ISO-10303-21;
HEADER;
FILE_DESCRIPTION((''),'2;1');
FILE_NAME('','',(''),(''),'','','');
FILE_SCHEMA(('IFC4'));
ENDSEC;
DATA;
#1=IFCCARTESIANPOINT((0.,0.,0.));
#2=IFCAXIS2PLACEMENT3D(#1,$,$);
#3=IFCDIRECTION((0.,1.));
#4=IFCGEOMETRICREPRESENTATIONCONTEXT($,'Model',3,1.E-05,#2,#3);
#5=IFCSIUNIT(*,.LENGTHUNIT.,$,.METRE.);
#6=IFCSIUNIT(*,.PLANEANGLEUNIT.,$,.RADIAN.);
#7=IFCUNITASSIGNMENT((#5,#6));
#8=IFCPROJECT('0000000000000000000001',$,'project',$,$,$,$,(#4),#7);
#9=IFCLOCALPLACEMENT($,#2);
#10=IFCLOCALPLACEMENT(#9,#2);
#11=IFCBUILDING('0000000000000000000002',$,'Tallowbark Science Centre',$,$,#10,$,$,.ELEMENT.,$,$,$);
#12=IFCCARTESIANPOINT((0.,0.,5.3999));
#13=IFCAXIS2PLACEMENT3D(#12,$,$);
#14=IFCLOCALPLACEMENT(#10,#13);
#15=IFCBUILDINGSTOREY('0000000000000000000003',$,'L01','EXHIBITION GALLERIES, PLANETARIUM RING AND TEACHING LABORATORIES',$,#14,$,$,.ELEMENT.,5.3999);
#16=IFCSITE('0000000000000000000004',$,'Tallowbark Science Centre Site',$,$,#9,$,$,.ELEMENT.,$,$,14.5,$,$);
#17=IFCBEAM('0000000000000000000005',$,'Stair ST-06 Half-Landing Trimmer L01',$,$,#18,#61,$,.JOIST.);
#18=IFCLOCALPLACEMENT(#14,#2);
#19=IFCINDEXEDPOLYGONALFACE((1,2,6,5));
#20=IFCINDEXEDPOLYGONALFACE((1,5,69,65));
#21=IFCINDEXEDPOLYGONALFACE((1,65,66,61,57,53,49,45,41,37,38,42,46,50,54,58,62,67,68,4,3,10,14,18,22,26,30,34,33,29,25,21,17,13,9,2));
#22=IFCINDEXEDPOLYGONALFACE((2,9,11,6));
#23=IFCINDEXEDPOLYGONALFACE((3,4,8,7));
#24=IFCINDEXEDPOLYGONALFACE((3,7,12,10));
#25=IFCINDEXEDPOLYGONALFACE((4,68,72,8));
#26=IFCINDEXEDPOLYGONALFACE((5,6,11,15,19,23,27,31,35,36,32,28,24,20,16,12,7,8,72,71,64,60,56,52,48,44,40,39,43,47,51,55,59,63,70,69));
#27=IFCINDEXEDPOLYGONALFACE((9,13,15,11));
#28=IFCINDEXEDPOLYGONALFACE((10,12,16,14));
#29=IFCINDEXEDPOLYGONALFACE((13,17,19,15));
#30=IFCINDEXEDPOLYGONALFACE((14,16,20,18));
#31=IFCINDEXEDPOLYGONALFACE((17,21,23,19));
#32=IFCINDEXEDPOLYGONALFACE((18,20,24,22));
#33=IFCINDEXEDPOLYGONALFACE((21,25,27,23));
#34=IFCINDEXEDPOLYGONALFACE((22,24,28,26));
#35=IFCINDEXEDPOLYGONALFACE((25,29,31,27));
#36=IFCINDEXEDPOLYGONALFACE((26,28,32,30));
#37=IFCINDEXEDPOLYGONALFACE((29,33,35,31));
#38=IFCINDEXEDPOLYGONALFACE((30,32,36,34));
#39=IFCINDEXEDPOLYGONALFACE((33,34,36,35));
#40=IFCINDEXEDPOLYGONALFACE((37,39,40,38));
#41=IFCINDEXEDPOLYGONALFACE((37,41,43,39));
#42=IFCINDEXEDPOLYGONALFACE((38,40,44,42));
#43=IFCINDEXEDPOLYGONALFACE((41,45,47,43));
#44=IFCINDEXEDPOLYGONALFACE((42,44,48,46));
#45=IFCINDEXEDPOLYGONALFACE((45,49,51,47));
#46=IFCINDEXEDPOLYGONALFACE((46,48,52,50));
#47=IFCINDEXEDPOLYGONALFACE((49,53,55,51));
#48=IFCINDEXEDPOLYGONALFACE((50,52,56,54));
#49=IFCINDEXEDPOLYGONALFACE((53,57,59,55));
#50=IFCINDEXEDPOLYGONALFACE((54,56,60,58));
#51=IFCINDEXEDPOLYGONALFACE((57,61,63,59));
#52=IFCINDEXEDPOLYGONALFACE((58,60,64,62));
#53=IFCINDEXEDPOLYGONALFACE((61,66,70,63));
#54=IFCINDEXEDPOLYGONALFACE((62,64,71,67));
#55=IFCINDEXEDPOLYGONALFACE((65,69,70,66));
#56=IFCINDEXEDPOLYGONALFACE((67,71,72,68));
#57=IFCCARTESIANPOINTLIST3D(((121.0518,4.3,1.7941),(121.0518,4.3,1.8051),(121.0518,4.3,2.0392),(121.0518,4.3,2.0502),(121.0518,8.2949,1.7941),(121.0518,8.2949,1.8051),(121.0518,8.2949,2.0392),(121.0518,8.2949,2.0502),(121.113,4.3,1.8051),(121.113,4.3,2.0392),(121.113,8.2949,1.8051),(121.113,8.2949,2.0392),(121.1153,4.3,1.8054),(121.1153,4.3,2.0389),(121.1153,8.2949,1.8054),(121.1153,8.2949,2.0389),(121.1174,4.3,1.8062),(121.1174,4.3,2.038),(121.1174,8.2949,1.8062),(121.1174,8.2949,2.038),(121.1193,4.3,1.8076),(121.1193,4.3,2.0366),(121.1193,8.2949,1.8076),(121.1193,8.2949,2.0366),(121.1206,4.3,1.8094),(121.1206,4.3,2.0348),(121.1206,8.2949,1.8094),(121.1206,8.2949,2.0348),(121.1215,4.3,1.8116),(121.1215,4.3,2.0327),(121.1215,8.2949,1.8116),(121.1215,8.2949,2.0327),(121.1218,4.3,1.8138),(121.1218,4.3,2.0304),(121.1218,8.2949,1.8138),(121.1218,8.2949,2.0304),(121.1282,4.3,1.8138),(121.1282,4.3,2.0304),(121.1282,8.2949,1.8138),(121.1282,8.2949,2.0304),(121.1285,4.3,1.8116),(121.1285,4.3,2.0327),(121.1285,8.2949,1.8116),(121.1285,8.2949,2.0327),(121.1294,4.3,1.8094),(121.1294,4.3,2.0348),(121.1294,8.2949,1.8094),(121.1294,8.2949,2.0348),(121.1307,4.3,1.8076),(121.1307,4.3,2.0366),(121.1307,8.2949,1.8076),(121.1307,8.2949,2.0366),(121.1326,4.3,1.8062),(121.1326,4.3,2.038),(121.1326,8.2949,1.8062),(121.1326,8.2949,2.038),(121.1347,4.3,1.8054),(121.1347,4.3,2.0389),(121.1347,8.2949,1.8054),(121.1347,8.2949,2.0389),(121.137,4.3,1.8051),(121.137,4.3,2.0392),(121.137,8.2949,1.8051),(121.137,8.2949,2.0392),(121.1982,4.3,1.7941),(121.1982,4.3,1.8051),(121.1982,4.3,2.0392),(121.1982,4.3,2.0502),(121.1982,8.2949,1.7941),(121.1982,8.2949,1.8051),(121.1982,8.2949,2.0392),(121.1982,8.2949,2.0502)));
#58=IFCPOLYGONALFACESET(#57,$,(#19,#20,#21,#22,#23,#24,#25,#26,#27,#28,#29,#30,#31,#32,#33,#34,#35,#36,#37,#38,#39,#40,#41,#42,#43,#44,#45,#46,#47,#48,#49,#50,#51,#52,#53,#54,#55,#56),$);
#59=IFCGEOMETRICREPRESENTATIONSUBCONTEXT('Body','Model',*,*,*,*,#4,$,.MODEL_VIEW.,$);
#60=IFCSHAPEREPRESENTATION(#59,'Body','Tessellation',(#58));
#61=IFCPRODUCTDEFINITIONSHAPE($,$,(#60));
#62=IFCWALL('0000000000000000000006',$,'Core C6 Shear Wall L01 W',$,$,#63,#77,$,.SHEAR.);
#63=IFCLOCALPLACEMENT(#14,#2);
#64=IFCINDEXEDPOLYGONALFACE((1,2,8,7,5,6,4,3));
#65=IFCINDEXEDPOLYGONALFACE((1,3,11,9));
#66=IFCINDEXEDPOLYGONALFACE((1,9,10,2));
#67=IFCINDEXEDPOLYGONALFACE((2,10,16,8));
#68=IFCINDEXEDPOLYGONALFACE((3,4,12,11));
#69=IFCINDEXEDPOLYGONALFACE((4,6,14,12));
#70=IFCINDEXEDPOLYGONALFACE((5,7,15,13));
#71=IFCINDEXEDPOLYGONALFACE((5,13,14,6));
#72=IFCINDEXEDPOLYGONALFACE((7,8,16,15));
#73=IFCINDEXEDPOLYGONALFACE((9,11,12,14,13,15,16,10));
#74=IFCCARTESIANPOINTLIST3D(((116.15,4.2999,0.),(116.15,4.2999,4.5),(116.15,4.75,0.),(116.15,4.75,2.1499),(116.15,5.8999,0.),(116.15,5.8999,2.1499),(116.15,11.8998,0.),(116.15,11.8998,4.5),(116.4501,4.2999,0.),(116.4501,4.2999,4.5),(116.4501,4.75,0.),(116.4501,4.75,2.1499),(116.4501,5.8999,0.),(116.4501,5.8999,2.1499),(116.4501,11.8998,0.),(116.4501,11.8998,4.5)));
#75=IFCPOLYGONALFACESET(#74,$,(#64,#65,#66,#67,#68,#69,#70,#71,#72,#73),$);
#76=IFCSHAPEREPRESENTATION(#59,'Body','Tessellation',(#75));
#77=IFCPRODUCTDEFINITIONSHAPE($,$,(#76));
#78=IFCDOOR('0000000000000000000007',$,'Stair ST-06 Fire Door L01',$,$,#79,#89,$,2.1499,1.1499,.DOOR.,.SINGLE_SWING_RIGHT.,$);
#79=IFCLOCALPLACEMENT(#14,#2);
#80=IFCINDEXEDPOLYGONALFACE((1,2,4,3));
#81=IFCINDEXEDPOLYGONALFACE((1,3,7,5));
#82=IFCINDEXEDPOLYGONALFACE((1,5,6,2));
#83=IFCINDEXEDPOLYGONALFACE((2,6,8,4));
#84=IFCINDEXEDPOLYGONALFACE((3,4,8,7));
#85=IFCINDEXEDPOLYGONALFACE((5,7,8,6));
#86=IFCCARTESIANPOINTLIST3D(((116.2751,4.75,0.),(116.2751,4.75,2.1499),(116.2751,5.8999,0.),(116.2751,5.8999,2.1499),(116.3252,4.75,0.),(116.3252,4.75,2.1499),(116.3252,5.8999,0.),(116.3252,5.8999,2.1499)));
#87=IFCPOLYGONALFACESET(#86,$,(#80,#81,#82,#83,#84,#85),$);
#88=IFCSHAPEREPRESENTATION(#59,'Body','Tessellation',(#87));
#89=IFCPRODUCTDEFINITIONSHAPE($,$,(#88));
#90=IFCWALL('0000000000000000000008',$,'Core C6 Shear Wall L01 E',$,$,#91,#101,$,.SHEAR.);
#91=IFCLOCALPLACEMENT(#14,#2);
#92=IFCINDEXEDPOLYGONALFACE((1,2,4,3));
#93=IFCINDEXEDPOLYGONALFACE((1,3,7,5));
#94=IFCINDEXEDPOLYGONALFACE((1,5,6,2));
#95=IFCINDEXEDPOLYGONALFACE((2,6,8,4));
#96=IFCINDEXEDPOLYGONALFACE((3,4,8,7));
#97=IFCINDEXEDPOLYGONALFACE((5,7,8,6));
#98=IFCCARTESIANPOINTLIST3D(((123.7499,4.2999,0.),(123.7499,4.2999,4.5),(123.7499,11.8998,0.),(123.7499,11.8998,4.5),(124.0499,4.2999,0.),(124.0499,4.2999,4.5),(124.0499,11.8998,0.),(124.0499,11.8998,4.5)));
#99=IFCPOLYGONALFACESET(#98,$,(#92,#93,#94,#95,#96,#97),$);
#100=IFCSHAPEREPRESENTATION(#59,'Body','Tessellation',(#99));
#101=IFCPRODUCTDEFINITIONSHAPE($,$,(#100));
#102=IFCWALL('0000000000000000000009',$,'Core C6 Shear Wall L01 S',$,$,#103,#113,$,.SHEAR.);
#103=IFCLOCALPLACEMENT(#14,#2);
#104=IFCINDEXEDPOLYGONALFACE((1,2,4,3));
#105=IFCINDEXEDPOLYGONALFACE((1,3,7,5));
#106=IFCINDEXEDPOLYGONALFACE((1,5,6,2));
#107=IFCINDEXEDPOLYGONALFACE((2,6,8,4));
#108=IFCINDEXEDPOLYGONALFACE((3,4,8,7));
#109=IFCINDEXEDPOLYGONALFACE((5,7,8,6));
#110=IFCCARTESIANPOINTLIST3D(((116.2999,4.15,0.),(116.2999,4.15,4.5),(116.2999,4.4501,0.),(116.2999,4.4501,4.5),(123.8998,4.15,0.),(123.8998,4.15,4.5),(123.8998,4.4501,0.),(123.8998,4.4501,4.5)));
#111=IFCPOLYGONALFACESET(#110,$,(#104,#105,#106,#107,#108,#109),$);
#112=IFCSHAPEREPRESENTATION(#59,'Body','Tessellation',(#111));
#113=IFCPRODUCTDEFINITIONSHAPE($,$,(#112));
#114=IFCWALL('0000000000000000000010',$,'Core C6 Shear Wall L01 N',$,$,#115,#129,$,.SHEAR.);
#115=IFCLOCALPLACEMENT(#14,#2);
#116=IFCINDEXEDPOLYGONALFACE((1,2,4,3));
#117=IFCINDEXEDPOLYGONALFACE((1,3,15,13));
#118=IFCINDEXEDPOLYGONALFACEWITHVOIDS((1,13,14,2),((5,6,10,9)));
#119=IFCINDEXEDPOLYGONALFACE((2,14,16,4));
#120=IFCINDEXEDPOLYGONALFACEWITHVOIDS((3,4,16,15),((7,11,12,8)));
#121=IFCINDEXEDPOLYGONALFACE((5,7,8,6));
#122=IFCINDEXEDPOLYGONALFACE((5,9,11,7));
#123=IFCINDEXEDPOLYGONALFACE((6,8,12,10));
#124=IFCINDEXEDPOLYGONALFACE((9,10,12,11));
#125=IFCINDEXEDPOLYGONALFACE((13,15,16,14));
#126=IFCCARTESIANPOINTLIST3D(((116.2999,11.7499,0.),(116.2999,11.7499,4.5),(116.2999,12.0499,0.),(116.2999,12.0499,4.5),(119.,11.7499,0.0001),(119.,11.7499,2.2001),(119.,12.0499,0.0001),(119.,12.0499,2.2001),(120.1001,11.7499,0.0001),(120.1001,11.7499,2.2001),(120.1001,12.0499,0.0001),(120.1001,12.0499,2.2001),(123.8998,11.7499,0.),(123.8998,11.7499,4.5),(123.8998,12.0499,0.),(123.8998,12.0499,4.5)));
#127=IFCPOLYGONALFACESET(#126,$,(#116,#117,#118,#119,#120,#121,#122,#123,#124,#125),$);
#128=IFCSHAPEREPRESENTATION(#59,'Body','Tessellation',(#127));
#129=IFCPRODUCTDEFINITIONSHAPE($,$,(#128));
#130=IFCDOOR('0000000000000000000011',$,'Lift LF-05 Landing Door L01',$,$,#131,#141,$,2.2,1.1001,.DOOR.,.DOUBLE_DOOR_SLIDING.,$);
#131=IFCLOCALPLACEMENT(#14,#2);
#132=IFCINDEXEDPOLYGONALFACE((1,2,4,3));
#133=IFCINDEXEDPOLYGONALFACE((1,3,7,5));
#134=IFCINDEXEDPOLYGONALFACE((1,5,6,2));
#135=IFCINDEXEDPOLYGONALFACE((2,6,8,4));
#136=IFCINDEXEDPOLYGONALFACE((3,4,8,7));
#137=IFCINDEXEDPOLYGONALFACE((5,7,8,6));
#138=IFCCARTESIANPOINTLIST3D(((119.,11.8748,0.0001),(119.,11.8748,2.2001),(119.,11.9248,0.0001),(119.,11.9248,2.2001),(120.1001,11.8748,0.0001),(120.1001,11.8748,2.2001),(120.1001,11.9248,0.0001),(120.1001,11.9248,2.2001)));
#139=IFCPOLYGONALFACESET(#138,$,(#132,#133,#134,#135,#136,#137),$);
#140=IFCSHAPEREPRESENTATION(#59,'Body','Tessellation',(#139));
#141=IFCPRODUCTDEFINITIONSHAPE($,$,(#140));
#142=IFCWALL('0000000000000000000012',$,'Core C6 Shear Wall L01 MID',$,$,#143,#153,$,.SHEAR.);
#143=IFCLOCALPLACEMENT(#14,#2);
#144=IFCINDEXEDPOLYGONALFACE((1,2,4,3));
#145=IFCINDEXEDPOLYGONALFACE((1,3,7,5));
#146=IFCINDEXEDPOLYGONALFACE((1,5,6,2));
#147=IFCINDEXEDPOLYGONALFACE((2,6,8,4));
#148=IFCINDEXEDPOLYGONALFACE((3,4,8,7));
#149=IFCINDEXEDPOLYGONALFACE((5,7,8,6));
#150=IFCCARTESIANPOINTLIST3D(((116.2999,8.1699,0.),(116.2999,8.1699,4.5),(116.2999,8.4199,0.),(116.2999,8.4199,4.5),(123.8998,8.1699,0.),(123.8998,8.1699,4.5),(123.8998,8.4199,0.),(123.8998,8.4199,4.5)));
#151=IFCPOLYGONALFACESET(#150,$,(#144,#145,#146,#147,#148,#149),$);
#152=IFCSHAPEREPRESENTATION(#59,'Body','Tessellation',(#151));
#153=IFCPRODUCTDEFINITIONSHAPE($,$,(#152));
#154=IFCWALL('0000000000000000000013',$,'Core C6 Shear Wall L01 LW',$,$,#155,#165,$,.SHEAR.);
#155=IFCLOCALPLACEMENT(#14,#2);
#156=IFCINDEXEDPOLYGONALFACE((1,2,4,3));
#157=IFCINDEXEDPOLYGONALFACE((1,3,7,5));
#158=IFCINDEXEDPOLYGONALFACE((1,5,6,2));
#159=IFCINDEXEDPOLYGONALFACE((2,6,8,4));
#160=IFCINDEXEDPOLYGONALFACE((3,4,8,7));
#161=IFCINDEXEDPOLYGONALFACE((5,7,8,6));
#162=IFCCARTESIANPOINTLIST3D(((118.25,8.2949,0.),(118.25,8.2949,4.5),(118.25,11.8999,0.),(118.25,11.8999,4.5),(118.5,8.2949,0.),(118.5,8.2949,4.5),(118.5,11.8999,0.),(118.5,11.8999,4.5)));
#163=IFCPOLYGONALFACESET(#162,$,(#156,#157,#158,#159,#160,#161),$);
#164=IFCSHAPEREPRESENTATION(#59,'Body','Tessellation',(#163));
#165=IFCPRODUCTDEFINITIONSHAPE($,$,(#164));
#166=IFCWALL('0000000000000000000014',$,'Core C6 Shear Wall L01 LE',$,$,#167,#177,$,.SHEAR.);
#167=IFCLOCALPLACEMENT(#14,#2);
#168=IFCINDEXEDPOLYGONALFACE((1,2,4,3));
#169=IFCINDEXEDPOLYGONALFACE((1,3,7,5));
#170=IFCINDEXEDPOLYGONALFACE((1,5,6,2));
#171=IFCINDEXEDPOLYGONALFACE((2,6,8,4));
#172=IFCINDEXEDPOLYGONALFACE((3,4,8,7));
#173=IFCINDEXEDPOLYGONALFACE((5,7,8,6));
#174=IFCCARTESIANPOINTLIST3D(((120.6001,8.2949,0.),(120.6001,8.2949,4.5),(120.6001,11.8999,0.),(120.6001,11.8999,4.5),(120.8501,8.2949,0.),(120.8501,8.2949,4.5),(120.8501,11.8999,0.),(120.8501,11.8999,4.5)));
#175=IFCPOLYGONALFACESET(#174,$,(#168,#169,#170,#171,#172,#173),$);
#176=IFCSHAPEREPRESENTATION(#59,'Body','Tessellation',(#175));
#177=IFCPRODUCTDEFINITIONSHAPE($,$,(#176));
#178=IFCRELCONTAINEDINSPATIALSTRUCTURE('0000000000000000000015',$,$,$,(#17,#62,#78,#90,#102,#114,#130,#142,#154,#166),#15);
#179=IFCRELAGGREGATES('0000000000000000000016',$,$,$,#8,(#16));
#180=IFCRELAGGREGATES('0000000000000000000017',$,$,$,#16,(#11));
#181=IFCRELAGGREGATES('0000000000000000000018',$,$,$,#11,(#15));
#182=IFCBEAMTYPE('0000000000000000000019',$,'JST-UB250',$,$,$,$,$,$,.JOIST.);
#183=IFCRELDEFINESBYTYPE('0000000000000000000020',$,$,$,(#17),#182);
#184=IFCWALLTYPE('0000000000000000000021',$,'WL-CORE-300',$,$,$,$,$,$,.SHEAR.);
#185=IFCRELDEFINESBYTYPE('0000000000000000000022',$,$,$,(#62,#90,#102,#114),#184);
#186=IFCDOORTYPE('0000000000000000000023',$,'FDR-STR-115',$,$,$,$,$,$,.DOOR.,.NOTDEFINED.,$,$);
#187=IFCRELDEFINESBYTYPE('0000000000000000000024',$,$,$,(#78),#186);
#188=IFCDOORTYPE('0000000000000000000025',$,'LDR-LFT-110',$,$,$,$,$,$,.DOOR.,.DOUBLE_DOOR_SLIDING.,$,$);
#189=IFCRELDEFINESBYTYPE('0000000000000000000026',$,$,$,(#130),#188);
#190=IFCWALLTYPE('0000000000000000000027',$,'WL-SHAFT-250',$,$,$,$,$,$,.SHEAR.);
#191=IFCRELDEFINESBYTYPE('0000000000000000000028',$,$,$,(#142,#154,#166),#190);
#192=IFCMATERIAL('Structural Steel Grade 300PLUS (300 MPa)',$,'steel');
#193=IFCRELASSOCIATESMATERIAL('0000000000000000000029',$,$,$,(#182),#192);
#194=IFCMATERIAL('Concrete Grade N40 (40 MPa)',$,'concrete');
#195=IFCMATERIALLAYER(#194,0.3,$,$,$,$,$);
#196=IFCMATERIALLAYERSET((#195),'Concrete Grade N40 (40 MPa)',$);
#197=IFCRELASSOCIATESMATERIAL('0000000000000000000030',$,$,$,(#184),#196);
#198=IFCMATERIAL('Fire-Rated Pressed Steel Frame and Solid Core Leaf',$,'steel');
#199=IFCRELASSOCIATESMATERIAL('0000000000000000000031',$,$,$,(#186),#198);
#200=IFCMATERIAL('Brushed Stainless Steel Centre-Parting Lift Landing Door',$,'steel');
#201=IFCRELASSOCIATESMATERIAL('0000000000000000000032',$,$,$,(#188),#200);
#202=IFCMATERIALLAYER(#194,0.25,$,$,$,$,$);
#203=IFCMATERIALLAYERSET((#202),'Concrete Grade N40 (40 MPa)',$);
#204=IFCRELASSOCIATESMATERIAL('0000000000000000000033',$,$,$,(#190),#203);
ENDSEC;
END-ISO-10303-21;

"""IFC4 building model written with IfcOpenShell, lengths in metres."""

from ifc_helpers import new_model, si_unit, direction, frame, frame_2d, origin, origin_2d, place, context, subcontext, project, spatial, rectangle, i_section, extrude, material, layer, layer_set, material_profile, profile_set, type_object, element, fill, save


model = new_model("IFC4")

# Units and contexts
model_context = context("Model", 3, precision=1e-05, world=origin(), true_north=direction((0.0, 1.0)))
body_context = subcontext(model_context, "Body", "Model", "MODEL_VIEW")
ifc_project = project(units=[si_unit("LENGTHUNIT", "METRE"), si_unit("PLANEANGLEUNIT", "RADIAN")], contexts=[model_context])

# Site, building, storey
site_placement = place(None, origin())
site = spatial("IfcSite", under=ifc_project, at=site_placement, Name="Tallowbark Science Centre Site", CompositionType="ELEMENT", RefElevation=14.5)
building_placement = place(site_placement, origin())
building = spatial("IfcBuilding", under=site, at=building_placement, Name="Tallowbark Science Centre", CompositionType="ELEMENT")
storey_placement = place(building_placement, frame((0.0, 0.0, 5.3999)))
storey = spatial("IfcBuildingStorey", under=building, at=storey_placement, Name="L01", Description="EXHIBITION GALLERIES, PLANETARIUM RING AND TEACHING LABORATORIES", CompositionType="ELEMENT", Elevation=5.3999)

# Shared definitions
ifc_material_1 = material(Name="Structural Steel Grade 300PLUS (300 MPa)", Category="steel")

# Shared definitions
ifc_material_2 = material(Name="Concrete Grade N40 (40 MPa)", Category="concrete")

# Beam
ifc_material_profile_1 = material_profile(ifc_material_1, i_section(OverallWidth=0.1465, OverallDepth=0.2561, WebThickness=0.0063, FlangeThickness=0.011, FilletRadius=0.0088, at=origin_2d()), Name="250UB37.3")
ifc_profile_set_1 = profile_set([ifc_material_profile_1], Name="Structural Steel Grade 300PLUS (300 MPa)")
beam_type_1 = type_object("IfcBeamType", Name="JST-UB250", PredefinedType="JOIST", material=ifc_profile_set_1)
beam_1_placement = place(storey_placement, frame((121.125, 4.3, 1.9221), z_axis=(0.0, 1.0, 0.0), x_axis=(-1.0, 0.0, 0.0)))
element("IfcBeam", 1, at=beam_1_placement, inside=storey, type_object=beam_type_1, Name="Stair ST-06 Half-Landing Trimmer L01", PredefinedType="JOIST", context=body_context, shape_type="SweptSolid", body=[
    extrude(i_section(OverallWidth=0.1465, OverallDepth=0.2561, WebThickness=0.0063, FlangeThickness=0.011, FilletRadius=0.0088, at=origin_2d()), origin(), (0.0, 0.0, 1.0), 3.9949),
])

# Wall, opening, door
ifc_layer_1 = layer(ifc_material_2, 0.3)
ifc_layer_set_1 = layer_set([ifc_layer_1], Name="Concrete Grade N40 (40 MPa)")
wall_type_1 = type_object("IfcWallType", Name="WL-CORE-300", PredefinedType="SHEAR", material=ifc_layer_set_1)
wall_1_placement = place(storey_placement, frame((116.3, 4.3, 0.0), z_axis=(0.0, 0.0, 1.0), x_axis=(0.0, 1.0, 0.0)))
wall_1 = element("IfcWall", 2, at=wall_1_placement, inside=storey, type_object=wall_type_1, Name="Core C6 Shear Wall L01 W", PredefinedType="SHEAR", context=body_context, shape_type="SweptSolid", body=[
    extrude(rectangle(XDim=7.5999, YDim=0.3, at=frame_2d((3.7998, 0.0))), origin(), (0.0, 0.0, 1.0), 4.5),
])
opening_1_placement = place(wall_1_placement, frame((0.45, 0.0, 0.0)))
opening_1 = element("IfcOpeningElement", 3, at=opening_1_placement, cuts=wall_1, PredefinedType="OPENING", context=body_context, shape_type="SweptSolid", body=[
    extrude(rectangle(XDim=1.1499, YDim=2.1499, at=frame_2d((0.575, 1.075))), frame((0.0, 0.1602, 0.0), z_axis=(0.0, -1.0, 0.0), x_axis=(1.0, 0.0, 0.0)), (0.0, 0.0, 1.0), 0.3201),
])
ifc_material_3 = material(Name="Fire-Rated Pressed Steel Frame and Solid Core Leaf", Category="steel")
door_type_1 = type_object("IfcDoorType", Name="FDR-STR-115", OperationType="NOTDEFINED", PredefinedType="DOOR", material=ifc_material_3)
door_1_placement = place(opening_1_placement, origin())
door_1 = element("IfcDoor", 4, at=door_1_placement, inside=storey, type_object=door_type_1, Name="Stair ST-06 Fire Door L01", OperationType="SINGLE_SWING_RIGHT", OverallHeight=2.1499, OverallWidth=1.1499, PredefinedType="DOOR", context=body_context, shape_type="SweptSolid", body=[
    extrude(rectangle(XDim=1.1499, YDim=2.1499, at=frame_2d((0.575, 1.075))), frame((0.0, 0.0249, 0.0), z_axis=(0.0, -1.0, 0.0), x_axis=(1.0, 0.0, 0.0)), (0.0, 0.0, 1.0), 0.05),
])
fill(opening_1, door_1)

# Walls
for number, where, z_axis, x_axis, name in (
    (5, (123.8999, 4.3, 0.0), (0.0, 0.0, 1.0), (0.0, 1.0, 0.0), "Core C6 Shear Wall L01 E"),
    (6, (116.3, 4.3, 0.0), (0.0, 0.0, 1.0), (1.0, 0.0, 0.0), "Core C6 Shear Wall L01 S"),
):
    element("IfcWall", number, at=place(storey_placement, frame(where, z_axis=z_axis, x_axis=x_axis)), inside=storey, type_object=wall_type_1, Name=name, PredefinedType="SHEAR", context=body_context, shape_type="SweptSolid", body=[
        extrude(rectangle(XDim=7.5999, YDim=0.3, at=frame_2d((3.7998, 0.0))), origin(), (0.0, 0.0, 1.0), 4.5),
    ])

# Wall, opening, door
wall_2_placement = place(storey_placement, frame((116.3, 11.8999, 0.0), z_axis=(0.0, 0.0, 1.0), x_axis=(1.0, 0.0, 0.0)))
wall_2 = element("IfcWall", 7, at=wall_2_placement, inside=storey, type_object=wall_type_1, Name="Core C6 Shear Wall L01 N", PredefinedType="SHEAR", context=body_context, shape_type="SweptSolid", body=[
    extrude(rectangle(XDim=7.5999, YDim=0.3, at=frame_2d((3.7998, 0.0))), origin(), (0.0, 0.0, 1.0), 4.5),
])
opening_2_placement = place(wall_2_placement, frame((2.7, 0.0, 0.0)))
opening_2 = element("IfcOpeningElement", 8, at=opening_2_placement, cuts=wall_2, PredefinedType="OPENING", context=body_context, shape_type="SweptSolid", body=[
    extrude(rectangle(XDim=1.1001, YDim=2.2, at=frame_2d((0.55, 1.1001))), frame((0.0, 0.1602, 0.0), z_axis=(0.0, -1.0, 0.0), x_axis=(1.0, 0.0, 0.0)), (0.0, 0.0, 1.0), 0.3201),
])
ifc_material_4 = material(Name="Brushed Stainless Steel Centre-Parting Lift Landing Door", Category="steel")
door_type_2 = type_object("IfcDoorType", Name="LDR-LFT-110", OperationType="DOUBLE_DOOR_SLIDING", PredefinedType="DOOR", material=ifc_material_4)
door_2_placement = place(opening_2_placement, origin())
door_2 = element("IfcDoor", 9, at=door_2_placement, inside=storey, type_object=door_type_2, Name="Lift LF-05 Landing Door L01", OperationType="DOUBLE_DOOR_SLIDING", OverallHeight=2.2, OverallWidth=1.1001, PredefinedType="DOOR", context=body_context, shape_type="SweptSolid", body=[
    extrude(rectangle(XDim=1.1001, YDim=2.2, at=frame_2d((0.55, 1.1001))), frame((0.0, 0.0249, 0.0), z_axis=(0.0, -1.0, 0.0), x_axis=(1.0, 0.0, 0.0)), (0.0, 0.0, 1.0), 0.05),
])
fill(opening_2, door_2)

# Walls
ifc_layer_2 = layer(ifc_material_2, 0.25)
ifc_layer_set_2 = layer_set([ifc_layer_2], Name="Concrete Grade N40 (40 MPa)")
wall_type_2 = type_object("IfcWallType", Name="WL-SHAFT-250", PredefinedType="SHEAR", material=ifc_layer_set_2)
wall_3_placement = place(storey_placement, frame((116.3, 8.2949, 0.0), z_axis=(0.0, 0.0, 1.0), x_axis=(1.0, 0.0, 0.0)))
element("IfcWall", 10, at=wall_3_placement, inside=storey, type_object=wall_type_2, Name="Core C6 Shear Wall L01 MID", PredefinedType="SHEAR", context=body_context, shape_type="SweptSolid", body=[
    extrude(rectangle(XDim=7.5999, YDim=0.25, at=frame_2d((3.7998, 0.0))), origin(), (0.0, 0.0, 1.0), 4.5),
])
for number, where, z_axis, x_axis, name in (
    (11, (118.375, 8.2949, 0.0), (0.0, 0.0, 1.0), (0.0, 1.0, 0.0), "Core C6 Shear Wall L01 LW"),
    (12, (120.7251, 8.2949, 0.0), (0.0, 0.0, 1.0), (0.0, 1.0, 0.0), "Core C6 Shear Wall L01 LE"),
):
    element("IfcWall", number, at=place(storey_placement, frame(where, z_axis=z_axis, x_axis=x_axis)), inside=storey, type_object=wall_type_2, Name=name, PredefinedType="SHEAR", context=body_context, shape_type="SweptSolid", body=[
        extrude(rectangle(XDim=3.605, YDim=0.25, at=frame_2d((1.8025, 0.0))), origin(), (0.0, 0.0, 1.0), 4.5),
    ])

save(model, "model.ifc")
